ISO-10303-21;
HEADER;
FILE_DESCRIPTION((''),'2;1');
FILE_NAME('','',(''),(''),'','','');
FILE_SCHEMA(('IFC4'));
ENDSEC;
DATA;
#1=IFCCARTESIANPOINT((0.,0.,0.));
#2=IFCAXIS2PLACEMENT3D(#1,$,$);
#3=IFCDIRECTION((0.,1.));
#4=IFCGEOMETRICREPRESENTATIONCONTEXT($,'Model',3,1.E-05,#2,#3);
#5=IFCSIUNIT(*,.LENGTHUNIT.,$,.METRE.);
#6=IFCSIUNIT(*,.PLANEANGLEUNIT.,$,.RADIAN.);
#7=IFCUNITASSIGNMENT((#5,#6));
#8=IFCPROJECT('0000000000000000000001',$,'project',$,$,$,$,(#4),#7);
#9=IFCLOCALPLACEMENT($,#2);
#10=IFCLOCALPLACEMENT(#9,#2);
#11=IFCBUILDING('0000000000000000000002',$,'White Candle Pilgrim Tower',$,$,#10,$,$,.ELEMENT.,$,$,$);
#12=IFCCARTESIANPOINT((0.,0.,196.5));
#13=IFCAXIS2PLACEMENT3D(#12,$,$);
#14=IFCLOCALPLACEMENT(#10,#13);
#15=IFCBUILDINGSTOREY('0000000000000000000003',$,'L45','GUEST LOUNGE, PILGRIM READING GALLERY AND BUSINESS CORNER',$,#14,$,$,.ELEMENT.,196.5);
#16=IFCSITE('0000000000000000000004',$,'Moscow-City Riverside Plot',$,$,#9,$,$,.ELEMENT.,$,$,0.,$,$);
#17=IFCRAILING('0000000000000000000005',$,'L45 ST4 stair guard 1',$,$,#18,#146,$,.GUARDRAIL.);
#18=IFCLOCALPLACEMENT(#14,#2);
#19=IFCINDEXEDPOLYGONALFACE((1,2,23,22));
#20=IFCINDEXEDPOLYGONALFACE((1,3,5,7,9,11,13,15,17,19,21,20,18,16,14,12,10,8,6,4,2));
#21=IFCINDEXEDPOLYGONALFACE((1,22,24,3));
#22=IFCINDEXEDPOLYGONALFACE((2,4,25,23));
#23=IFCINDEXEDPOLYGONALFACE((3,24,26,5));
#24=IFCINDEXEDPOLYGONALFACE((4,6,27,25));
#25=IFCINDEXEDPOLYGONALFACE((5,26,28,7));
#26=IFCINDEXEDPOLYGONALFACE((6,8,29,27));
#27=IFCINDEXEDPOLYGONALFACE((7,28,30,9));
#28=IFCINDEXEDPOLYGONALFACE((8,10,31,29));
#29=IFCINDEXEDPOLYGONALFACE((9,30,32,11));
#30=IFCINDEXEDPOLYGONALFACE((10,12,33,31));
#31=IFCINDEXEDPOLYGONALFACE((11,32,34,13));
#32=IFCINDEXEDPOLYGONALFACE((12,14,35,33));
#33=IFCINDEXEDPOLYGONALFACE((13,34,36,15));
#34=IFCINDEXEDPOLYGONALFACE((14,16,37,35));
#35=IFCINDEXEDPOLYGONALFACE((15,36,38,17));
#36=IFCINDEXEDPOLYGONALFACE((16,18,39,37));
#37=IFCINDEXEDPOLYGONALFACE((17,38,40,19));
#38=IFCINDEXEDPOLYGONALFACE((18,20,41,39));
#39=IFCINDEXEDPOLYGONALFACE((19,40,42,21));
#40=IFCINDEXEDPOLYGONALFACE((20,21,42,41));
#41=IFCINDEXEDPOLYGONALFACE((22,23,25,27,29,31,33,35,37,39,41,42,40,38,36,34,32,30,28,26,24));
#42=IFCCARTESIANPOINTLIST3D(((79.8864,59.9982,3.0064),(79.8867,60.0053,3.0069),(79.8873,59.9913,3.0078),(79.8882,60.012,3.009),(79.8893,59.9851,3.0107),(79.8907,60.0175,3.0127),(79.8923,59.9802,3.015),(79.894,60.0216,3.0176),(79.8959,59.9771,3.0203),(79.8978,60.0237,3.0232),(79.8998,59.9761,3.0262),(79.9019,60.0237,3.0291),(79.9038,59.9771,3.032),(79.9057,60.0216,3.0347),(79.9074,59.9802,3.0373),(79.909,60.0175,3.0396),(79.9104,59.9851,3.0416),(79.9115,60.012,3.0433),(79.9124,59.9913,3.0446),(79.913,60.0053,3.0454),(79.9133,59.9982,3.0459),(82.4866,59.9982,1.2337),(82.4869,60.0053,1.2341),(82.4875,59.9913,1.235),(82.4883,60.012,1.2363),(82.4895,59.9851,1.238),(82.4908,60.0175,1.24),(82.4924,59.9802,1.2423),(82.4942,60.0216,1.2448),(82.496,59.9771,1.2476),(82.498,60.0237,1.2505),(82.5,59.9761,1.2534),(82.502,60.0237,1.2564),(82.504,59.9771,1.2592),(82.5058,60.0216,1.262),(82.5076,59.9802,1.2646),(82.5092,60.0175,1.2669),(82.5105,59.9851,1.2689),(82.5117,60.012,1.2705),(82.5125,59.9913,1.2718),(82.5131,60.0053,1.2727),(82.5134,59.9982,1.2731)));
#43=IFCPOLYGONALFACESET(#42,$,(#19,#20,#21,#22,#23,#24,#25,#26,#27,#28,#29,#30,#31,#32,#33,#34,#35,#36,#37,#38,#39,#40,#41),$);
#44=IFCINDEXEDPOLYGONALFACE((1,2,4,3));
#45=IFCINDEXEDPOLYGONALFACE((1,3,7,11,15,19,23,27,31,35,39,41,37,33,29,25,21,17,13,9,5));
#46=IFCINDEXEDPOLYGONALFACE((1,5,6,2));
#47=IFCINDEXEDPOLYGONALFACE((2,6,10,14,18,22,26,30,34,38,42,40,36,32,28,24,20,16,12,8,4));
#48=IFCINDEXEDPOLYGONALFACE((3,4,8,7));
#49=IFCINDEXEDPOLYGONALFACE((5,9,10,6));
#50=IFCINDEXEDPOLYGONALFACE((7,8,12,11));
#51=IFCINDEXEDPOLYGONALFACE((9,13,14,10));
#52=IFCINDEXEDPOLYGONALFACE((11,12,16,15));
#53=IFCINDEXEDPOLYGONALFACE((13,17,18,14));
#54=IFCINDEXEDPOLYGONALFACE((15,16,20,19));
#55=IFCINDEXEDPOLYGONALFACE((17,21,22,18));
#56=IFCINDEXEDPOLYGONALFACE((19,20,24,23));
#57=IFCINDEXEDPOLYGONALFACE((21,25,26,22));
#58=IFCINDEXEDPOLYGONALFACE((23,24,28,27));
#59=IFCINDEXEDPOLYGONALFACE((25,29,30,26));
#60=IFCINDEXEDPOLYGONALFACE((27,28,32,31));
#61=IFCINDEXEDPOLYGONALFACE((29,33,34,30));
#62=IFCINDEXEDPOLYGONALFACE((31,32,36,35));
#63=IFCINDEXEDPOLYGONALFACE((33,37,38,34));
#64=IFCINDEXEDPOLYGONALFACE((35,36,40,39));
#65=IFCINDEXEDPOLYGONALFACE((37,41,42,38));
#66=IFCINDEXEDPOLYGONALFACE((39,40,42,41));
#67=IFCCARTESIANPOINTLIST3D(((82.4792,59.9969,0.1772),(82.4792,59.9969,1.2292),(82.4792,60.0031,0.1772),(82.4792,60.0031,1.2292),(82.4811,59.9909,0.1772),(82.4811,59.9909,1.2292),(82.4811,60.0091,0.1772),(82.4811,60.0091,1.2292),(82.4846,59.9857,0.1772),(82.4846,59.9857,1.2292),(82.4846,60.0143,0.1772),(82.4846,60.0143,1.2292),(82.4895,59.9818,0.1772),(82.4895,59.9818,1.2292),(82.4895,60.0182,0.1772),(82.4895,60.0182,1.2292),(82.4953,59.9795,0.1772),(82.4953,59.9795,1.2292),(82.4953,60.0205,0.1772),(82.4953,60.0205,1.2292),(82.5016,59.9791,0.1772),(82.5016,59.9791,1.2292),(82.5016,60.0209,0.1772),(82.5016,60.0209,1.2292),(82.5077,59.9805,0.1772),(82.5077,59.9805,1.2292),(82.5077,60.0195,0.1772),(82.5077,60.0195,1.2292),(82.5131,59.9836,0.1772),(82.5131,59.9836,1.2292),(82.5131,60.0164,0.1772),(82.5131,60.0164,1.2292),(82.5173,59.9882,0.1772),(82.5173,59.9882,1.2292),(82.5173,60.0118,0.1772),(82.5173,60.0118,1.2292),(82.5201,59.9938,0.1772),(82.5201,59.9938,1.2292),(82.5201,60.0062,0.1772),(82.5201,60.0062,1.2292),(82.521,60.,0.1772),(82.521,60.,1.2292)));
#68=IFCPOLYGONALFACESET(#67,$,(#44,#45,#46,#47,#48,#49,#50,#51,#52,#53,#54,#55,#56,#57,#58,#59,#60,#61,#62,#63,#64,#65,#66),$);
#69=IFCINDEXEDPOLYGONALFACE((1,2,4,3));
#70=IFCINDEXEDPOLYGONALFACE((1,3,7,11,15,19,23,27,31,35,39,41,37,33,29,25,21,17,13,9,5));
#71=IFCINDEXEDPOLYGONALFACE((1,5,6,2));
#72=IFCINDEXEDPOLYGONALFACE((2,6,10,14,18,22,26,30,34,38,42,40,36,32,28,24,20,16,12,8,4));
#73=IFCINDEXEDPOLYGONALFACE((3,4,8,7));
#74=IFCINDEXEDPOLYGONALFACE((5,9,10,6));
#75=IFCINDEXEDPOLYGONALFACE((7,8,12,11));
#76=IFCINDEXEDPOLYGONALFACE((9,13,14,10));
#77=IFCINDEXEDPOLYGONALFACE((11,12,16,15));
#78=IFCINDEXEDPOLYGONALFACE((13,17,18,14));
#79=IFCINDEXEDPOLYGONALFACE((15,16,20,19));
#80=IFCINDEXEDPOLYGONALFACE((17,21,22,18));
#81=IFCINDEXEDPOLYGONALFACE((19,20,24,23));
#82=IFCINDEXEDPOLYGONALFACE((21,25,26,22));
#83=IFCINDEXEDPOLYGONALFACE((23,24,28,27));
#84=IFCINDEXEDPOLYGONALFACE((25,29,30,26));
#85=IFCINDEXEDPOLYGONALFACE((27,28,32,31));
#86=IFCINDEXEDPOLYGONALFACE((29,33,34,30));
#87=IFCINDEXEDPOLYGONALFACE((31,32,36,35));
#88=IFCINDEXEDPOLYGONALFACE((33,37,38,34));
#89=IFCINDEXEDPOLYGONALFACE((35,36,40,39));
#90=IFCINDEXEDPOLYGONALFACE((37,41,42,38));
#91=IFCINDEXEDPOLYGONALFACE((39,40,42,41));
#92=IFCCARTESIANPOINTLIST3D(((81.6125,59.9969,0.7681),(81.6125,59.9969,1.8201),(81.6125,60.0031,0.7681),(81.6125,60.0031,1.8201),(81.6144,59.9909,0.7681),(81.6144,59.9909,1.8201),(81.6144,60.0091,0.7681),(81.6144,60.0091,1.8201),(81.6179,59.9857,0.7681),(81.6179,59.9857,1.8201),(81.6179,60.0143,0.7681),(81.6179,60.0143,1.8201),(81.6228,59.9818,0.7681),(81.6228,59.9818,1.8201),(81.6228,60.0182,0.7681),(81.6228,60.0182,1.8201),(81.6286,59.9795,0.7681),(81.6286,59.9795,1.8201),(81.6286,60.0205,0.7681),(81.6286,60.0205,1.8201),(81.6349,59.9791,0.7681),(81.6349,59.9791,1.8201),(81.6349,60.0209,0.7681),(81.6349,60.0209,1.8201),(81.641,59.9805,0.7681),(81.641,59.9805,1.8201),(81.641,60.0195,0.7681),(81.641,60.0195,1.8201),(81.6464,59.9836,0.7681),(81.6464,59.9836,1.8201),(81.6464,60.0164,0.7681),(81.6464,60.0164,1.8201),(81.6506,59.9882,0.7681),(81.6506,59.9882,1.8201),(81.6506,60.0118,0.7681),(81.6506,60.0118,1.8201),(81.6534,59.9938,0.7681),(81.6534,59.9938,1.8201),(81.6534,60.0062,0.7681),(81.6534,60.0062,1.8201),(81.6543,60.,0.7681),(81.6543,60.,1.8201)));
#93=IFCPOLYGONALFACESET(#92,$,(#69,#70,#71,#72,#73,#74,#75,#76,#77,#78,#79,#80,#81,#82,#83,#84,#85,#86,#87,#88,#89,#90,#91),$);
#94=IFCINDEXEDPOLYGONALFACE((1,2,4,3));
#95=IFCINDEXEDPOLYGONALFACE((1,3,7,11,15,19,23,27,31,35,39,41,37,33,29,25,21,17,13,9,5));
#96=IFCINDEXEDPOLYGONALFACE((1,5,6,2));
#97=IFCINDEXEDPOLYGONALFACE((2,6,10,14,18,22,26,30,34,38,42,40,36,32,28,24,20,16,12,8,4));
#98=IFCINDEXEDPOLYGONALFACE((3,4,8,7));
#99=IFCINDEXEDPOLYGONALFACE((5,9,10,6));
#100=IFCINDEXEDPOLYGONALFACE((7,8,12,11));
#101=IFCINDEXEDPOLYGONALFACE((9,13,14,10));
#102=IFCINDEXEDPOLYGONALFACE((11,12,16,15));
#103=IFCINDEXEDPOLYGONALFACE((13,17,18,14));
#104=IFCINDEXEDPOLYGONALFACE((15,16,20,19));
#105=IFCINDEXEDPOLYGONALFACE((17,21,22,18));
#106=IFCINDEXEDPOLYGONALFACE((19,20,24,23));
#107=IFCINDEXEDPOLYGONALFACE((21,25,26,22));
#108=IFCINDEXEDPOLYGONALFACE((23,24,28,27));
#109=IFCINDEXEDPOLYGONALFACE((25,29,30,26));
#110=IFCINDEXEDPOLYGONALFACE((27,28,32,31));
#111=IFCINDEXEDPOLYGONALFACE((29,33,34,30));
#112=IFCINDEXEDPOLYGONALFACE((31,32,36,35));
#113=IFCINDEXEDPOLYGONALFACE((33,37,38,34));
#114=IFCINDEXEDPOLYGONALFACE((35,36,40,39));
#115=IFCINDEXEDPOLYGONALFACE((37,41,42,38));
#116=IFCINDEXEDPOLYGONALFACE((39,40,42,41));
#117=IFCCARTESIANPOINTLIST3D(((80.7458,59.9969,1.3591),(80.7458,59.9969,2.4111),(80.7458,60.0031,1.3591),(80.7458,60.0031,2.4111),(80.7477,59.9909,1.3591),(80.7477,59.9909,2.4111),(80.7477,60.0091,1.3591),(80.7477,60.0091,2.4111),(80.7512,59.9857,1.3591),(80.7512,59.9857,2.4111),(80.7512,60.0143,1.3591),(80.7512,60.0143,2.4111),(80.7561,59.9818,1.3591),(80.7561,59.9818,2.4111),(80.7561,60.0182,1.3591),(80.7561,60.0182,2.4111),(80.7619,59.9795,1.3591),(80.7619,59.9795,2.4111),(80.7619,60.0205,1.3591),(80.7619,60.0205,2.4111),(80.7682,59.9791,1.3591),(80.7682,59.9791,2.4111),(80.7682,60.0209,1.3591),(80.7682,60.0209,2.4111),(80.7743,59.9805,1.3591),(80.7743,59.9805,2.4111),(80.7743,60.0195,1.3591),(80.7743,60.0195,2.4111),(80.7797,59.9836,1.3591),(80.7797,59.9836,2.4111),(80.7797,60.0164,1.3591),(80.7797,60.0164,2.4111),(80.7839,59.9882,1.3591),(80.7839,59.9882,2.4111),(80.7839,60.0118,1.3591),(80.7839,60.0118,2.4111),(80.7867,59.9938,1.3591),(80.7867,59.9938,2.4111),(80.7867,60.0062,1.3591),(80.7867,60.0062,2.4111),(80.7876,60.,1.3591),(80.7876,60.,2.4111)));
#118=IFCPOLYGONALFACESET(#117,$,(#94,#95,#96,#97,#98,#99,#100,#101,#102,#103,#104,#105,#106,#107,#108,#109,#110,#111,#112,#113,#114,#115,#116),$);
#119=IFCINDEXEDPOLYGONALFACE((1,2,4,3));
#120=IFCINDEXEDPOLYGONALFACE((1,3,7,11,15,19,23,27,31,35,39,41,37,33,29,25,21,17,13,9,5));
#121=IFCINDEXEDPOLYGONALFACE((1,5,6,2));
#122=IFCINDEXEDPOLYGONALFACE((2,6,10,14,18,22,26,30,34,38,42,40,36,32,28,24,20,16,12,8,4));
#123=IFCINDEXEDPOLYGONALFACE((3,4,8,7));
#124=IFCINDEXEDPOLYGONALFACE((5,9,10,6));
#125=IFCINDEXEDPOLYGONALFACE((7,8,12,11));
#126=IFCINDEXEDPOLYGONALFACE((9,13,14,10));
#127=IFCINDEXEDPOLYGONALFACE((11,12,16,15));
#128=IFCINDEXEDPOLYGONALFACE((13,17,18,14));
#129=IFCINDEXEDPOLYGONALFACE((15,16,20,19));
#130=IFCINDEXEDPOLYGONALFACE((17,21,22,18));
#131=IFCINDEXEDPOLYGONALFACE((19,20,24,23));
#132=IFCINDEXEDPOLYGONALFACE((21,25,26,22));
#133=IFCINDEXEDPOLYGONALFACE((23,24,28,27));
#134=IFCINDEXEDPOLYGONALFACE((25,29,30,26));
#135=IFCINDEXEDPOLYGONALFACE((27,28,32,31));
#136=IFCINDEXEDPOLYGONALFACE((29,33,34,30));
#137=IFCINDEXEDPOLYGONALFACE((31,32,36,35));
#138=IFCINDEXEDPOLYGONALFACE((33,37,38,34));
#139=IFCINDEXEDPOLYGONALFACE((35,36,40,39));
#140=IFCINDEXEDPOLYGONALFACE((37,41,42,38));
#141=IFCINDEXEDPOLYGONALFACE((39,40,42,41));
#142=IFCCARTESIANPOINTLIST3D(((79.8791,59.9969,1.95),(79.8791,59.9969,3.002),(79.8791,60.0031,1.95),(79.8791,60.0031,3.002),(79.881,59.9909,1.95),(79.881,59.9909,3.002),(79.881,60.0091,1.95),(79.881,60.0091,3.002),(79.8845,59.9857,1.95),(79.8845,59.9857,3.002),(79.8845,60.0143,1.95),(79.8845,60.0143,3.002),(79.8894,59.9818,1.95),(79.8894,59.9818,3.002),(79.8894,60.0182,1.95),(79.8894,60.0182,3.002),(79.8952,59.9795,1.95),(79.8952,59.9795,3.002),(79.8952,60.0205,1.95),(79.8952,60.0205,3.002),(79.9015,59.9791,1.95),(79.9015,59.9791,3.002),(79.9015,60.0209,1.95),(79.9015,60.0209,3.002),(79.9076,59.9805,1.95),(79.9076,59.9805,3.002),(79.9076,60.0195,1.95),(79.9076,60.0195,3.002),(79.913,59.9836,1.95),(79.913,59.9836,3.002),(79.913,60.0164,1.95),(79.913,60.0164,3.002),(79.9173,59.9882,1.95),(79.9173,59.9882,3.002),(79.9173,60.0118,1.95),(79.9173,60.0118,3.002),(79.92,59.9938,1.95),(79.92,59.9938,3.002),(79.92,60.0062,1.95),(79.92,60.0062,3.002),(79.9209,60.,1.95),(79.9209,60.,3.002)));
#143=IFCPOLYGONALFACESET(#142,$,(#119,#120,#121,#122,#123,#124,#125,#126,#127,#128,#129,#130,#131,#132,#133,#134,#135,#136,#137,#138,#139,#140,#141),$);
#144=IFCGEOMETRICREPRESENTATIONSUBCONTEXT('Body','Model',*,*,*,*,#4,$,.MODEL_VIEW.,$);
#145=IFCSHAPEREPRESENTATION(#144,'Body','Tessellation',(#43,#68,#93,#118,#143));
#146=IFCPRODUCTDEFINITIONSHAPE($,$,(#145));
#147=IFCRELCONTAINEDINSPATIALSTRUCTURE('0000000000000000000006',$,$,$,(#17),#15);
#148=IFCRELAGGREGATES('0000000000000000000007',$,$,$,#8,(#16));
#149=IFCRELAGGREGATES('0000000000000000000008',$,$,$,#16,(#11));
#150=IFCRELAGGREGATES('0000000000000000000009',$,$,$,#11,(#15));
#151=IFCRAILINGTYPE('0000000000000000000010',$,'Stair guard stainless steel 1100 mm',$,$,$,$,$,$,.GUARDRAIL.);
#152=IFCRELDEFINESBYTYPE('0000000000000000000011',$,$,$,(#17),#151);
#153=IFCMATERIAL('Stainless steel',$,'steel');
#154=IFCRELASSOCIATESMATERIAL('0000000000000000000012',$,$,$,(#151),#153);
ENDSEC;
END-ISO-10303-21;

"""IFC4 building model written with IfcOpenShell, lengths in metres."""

from ifc_helpers import new_model, si_unit, direction, frame, origin, origin_2d, place, context, subcontext, project, spatial, circle, extrude, material, type_object, element, save


model = new_model("IFC4")

# Units and contexts
model_context = context("Model", 3, precision=1e-05, world=origin(), true_north=direction((0.0, 1.0)))
body_context = subcontext(model_context, "Body", "Model", "MODEL_VIEW")
ifc_project = project(units=[si_unit("LENGTHUNIT", "METRE"), si_unit("PLANEANGLEUNIT", "RADIAN")], contexts=[model_context])

# Site, building, storey
site_placement = place(None, origin())
site = spatial("IfcSite", under=ifc_project, at=site_placement, Name="Moscow-City Riverside Plot", CompositionType="ELEMENT", RefElevation=0.0)
building_placement = place(site_placement, origin())
building = spatial("IfcBuilding", under=site, at=building_placement, Name="White Candle Pilgrim Tower", CompositionType="ELEMENT")
storey_placement = place(building_placement, frame((0.0, 0.0, 196.5)))
storey = spatial("IfcBuildingStorey", under=building, at=storey_placement, Name="L45", Description="GUEST LOUNGE, PILGRIM READING GALLERY AND BUSINESS CORNER", CompositionType="ELEMENT", Elevation=196.5)

# Railing
ifc_material_1 = material(Name="Stainless steel", Category="steel")
railing_type_1 = type_object("IfcRailingType", Name="Stair guard stainless steel 1100 mm", PredefinedType="GUARDRAIL", material=ifc_material_1)
railing_1_placement = place(storey_placement, frame((82.5, 60.0, 0.1772)))
element("IfcRailing", 1, at=railing_1_placement, inside=storey, type_object=railing_type_1, Name="L45 ST4 stair guard 1", PredefinedType="GUARDRAIL", context=body_context, shape_type="SweptSolid", body=[
    extrude(circle(Radius=0.0239, at=origin_2d()), frame((0.0, 0.0, 1.0762), z_axis=(-0.82624, 0.0, 0.563318), x_axis=(0.0, -1.0, 0.0)), (0.0, 0.0, 1.0), 3.147),
    extrude(circle(Radius=0.021, at=origin_2d()), origin(), (0.0, 0.0, 1.0), 1.052),
    extrude(circle(Radius=0.021, at=origin_2d()), frame((-0.8667, 0.0, 0.5908)), (0.0, 0.0, 1.0), 1.052),
    extrude(circle(Radius=0.021, at=origin_2d()), frame((-1.7334, 0.0, 1.1819)), (0.0, 0.0, 1.0), 1.052),
    extrude(circle(Radius=0.021, at=origin_2d()), frame((-2.6001, 0.0, 1.7727)), (0.0, 0.0, 1.0), 1.052),
])

save(model, "model.ifc")
